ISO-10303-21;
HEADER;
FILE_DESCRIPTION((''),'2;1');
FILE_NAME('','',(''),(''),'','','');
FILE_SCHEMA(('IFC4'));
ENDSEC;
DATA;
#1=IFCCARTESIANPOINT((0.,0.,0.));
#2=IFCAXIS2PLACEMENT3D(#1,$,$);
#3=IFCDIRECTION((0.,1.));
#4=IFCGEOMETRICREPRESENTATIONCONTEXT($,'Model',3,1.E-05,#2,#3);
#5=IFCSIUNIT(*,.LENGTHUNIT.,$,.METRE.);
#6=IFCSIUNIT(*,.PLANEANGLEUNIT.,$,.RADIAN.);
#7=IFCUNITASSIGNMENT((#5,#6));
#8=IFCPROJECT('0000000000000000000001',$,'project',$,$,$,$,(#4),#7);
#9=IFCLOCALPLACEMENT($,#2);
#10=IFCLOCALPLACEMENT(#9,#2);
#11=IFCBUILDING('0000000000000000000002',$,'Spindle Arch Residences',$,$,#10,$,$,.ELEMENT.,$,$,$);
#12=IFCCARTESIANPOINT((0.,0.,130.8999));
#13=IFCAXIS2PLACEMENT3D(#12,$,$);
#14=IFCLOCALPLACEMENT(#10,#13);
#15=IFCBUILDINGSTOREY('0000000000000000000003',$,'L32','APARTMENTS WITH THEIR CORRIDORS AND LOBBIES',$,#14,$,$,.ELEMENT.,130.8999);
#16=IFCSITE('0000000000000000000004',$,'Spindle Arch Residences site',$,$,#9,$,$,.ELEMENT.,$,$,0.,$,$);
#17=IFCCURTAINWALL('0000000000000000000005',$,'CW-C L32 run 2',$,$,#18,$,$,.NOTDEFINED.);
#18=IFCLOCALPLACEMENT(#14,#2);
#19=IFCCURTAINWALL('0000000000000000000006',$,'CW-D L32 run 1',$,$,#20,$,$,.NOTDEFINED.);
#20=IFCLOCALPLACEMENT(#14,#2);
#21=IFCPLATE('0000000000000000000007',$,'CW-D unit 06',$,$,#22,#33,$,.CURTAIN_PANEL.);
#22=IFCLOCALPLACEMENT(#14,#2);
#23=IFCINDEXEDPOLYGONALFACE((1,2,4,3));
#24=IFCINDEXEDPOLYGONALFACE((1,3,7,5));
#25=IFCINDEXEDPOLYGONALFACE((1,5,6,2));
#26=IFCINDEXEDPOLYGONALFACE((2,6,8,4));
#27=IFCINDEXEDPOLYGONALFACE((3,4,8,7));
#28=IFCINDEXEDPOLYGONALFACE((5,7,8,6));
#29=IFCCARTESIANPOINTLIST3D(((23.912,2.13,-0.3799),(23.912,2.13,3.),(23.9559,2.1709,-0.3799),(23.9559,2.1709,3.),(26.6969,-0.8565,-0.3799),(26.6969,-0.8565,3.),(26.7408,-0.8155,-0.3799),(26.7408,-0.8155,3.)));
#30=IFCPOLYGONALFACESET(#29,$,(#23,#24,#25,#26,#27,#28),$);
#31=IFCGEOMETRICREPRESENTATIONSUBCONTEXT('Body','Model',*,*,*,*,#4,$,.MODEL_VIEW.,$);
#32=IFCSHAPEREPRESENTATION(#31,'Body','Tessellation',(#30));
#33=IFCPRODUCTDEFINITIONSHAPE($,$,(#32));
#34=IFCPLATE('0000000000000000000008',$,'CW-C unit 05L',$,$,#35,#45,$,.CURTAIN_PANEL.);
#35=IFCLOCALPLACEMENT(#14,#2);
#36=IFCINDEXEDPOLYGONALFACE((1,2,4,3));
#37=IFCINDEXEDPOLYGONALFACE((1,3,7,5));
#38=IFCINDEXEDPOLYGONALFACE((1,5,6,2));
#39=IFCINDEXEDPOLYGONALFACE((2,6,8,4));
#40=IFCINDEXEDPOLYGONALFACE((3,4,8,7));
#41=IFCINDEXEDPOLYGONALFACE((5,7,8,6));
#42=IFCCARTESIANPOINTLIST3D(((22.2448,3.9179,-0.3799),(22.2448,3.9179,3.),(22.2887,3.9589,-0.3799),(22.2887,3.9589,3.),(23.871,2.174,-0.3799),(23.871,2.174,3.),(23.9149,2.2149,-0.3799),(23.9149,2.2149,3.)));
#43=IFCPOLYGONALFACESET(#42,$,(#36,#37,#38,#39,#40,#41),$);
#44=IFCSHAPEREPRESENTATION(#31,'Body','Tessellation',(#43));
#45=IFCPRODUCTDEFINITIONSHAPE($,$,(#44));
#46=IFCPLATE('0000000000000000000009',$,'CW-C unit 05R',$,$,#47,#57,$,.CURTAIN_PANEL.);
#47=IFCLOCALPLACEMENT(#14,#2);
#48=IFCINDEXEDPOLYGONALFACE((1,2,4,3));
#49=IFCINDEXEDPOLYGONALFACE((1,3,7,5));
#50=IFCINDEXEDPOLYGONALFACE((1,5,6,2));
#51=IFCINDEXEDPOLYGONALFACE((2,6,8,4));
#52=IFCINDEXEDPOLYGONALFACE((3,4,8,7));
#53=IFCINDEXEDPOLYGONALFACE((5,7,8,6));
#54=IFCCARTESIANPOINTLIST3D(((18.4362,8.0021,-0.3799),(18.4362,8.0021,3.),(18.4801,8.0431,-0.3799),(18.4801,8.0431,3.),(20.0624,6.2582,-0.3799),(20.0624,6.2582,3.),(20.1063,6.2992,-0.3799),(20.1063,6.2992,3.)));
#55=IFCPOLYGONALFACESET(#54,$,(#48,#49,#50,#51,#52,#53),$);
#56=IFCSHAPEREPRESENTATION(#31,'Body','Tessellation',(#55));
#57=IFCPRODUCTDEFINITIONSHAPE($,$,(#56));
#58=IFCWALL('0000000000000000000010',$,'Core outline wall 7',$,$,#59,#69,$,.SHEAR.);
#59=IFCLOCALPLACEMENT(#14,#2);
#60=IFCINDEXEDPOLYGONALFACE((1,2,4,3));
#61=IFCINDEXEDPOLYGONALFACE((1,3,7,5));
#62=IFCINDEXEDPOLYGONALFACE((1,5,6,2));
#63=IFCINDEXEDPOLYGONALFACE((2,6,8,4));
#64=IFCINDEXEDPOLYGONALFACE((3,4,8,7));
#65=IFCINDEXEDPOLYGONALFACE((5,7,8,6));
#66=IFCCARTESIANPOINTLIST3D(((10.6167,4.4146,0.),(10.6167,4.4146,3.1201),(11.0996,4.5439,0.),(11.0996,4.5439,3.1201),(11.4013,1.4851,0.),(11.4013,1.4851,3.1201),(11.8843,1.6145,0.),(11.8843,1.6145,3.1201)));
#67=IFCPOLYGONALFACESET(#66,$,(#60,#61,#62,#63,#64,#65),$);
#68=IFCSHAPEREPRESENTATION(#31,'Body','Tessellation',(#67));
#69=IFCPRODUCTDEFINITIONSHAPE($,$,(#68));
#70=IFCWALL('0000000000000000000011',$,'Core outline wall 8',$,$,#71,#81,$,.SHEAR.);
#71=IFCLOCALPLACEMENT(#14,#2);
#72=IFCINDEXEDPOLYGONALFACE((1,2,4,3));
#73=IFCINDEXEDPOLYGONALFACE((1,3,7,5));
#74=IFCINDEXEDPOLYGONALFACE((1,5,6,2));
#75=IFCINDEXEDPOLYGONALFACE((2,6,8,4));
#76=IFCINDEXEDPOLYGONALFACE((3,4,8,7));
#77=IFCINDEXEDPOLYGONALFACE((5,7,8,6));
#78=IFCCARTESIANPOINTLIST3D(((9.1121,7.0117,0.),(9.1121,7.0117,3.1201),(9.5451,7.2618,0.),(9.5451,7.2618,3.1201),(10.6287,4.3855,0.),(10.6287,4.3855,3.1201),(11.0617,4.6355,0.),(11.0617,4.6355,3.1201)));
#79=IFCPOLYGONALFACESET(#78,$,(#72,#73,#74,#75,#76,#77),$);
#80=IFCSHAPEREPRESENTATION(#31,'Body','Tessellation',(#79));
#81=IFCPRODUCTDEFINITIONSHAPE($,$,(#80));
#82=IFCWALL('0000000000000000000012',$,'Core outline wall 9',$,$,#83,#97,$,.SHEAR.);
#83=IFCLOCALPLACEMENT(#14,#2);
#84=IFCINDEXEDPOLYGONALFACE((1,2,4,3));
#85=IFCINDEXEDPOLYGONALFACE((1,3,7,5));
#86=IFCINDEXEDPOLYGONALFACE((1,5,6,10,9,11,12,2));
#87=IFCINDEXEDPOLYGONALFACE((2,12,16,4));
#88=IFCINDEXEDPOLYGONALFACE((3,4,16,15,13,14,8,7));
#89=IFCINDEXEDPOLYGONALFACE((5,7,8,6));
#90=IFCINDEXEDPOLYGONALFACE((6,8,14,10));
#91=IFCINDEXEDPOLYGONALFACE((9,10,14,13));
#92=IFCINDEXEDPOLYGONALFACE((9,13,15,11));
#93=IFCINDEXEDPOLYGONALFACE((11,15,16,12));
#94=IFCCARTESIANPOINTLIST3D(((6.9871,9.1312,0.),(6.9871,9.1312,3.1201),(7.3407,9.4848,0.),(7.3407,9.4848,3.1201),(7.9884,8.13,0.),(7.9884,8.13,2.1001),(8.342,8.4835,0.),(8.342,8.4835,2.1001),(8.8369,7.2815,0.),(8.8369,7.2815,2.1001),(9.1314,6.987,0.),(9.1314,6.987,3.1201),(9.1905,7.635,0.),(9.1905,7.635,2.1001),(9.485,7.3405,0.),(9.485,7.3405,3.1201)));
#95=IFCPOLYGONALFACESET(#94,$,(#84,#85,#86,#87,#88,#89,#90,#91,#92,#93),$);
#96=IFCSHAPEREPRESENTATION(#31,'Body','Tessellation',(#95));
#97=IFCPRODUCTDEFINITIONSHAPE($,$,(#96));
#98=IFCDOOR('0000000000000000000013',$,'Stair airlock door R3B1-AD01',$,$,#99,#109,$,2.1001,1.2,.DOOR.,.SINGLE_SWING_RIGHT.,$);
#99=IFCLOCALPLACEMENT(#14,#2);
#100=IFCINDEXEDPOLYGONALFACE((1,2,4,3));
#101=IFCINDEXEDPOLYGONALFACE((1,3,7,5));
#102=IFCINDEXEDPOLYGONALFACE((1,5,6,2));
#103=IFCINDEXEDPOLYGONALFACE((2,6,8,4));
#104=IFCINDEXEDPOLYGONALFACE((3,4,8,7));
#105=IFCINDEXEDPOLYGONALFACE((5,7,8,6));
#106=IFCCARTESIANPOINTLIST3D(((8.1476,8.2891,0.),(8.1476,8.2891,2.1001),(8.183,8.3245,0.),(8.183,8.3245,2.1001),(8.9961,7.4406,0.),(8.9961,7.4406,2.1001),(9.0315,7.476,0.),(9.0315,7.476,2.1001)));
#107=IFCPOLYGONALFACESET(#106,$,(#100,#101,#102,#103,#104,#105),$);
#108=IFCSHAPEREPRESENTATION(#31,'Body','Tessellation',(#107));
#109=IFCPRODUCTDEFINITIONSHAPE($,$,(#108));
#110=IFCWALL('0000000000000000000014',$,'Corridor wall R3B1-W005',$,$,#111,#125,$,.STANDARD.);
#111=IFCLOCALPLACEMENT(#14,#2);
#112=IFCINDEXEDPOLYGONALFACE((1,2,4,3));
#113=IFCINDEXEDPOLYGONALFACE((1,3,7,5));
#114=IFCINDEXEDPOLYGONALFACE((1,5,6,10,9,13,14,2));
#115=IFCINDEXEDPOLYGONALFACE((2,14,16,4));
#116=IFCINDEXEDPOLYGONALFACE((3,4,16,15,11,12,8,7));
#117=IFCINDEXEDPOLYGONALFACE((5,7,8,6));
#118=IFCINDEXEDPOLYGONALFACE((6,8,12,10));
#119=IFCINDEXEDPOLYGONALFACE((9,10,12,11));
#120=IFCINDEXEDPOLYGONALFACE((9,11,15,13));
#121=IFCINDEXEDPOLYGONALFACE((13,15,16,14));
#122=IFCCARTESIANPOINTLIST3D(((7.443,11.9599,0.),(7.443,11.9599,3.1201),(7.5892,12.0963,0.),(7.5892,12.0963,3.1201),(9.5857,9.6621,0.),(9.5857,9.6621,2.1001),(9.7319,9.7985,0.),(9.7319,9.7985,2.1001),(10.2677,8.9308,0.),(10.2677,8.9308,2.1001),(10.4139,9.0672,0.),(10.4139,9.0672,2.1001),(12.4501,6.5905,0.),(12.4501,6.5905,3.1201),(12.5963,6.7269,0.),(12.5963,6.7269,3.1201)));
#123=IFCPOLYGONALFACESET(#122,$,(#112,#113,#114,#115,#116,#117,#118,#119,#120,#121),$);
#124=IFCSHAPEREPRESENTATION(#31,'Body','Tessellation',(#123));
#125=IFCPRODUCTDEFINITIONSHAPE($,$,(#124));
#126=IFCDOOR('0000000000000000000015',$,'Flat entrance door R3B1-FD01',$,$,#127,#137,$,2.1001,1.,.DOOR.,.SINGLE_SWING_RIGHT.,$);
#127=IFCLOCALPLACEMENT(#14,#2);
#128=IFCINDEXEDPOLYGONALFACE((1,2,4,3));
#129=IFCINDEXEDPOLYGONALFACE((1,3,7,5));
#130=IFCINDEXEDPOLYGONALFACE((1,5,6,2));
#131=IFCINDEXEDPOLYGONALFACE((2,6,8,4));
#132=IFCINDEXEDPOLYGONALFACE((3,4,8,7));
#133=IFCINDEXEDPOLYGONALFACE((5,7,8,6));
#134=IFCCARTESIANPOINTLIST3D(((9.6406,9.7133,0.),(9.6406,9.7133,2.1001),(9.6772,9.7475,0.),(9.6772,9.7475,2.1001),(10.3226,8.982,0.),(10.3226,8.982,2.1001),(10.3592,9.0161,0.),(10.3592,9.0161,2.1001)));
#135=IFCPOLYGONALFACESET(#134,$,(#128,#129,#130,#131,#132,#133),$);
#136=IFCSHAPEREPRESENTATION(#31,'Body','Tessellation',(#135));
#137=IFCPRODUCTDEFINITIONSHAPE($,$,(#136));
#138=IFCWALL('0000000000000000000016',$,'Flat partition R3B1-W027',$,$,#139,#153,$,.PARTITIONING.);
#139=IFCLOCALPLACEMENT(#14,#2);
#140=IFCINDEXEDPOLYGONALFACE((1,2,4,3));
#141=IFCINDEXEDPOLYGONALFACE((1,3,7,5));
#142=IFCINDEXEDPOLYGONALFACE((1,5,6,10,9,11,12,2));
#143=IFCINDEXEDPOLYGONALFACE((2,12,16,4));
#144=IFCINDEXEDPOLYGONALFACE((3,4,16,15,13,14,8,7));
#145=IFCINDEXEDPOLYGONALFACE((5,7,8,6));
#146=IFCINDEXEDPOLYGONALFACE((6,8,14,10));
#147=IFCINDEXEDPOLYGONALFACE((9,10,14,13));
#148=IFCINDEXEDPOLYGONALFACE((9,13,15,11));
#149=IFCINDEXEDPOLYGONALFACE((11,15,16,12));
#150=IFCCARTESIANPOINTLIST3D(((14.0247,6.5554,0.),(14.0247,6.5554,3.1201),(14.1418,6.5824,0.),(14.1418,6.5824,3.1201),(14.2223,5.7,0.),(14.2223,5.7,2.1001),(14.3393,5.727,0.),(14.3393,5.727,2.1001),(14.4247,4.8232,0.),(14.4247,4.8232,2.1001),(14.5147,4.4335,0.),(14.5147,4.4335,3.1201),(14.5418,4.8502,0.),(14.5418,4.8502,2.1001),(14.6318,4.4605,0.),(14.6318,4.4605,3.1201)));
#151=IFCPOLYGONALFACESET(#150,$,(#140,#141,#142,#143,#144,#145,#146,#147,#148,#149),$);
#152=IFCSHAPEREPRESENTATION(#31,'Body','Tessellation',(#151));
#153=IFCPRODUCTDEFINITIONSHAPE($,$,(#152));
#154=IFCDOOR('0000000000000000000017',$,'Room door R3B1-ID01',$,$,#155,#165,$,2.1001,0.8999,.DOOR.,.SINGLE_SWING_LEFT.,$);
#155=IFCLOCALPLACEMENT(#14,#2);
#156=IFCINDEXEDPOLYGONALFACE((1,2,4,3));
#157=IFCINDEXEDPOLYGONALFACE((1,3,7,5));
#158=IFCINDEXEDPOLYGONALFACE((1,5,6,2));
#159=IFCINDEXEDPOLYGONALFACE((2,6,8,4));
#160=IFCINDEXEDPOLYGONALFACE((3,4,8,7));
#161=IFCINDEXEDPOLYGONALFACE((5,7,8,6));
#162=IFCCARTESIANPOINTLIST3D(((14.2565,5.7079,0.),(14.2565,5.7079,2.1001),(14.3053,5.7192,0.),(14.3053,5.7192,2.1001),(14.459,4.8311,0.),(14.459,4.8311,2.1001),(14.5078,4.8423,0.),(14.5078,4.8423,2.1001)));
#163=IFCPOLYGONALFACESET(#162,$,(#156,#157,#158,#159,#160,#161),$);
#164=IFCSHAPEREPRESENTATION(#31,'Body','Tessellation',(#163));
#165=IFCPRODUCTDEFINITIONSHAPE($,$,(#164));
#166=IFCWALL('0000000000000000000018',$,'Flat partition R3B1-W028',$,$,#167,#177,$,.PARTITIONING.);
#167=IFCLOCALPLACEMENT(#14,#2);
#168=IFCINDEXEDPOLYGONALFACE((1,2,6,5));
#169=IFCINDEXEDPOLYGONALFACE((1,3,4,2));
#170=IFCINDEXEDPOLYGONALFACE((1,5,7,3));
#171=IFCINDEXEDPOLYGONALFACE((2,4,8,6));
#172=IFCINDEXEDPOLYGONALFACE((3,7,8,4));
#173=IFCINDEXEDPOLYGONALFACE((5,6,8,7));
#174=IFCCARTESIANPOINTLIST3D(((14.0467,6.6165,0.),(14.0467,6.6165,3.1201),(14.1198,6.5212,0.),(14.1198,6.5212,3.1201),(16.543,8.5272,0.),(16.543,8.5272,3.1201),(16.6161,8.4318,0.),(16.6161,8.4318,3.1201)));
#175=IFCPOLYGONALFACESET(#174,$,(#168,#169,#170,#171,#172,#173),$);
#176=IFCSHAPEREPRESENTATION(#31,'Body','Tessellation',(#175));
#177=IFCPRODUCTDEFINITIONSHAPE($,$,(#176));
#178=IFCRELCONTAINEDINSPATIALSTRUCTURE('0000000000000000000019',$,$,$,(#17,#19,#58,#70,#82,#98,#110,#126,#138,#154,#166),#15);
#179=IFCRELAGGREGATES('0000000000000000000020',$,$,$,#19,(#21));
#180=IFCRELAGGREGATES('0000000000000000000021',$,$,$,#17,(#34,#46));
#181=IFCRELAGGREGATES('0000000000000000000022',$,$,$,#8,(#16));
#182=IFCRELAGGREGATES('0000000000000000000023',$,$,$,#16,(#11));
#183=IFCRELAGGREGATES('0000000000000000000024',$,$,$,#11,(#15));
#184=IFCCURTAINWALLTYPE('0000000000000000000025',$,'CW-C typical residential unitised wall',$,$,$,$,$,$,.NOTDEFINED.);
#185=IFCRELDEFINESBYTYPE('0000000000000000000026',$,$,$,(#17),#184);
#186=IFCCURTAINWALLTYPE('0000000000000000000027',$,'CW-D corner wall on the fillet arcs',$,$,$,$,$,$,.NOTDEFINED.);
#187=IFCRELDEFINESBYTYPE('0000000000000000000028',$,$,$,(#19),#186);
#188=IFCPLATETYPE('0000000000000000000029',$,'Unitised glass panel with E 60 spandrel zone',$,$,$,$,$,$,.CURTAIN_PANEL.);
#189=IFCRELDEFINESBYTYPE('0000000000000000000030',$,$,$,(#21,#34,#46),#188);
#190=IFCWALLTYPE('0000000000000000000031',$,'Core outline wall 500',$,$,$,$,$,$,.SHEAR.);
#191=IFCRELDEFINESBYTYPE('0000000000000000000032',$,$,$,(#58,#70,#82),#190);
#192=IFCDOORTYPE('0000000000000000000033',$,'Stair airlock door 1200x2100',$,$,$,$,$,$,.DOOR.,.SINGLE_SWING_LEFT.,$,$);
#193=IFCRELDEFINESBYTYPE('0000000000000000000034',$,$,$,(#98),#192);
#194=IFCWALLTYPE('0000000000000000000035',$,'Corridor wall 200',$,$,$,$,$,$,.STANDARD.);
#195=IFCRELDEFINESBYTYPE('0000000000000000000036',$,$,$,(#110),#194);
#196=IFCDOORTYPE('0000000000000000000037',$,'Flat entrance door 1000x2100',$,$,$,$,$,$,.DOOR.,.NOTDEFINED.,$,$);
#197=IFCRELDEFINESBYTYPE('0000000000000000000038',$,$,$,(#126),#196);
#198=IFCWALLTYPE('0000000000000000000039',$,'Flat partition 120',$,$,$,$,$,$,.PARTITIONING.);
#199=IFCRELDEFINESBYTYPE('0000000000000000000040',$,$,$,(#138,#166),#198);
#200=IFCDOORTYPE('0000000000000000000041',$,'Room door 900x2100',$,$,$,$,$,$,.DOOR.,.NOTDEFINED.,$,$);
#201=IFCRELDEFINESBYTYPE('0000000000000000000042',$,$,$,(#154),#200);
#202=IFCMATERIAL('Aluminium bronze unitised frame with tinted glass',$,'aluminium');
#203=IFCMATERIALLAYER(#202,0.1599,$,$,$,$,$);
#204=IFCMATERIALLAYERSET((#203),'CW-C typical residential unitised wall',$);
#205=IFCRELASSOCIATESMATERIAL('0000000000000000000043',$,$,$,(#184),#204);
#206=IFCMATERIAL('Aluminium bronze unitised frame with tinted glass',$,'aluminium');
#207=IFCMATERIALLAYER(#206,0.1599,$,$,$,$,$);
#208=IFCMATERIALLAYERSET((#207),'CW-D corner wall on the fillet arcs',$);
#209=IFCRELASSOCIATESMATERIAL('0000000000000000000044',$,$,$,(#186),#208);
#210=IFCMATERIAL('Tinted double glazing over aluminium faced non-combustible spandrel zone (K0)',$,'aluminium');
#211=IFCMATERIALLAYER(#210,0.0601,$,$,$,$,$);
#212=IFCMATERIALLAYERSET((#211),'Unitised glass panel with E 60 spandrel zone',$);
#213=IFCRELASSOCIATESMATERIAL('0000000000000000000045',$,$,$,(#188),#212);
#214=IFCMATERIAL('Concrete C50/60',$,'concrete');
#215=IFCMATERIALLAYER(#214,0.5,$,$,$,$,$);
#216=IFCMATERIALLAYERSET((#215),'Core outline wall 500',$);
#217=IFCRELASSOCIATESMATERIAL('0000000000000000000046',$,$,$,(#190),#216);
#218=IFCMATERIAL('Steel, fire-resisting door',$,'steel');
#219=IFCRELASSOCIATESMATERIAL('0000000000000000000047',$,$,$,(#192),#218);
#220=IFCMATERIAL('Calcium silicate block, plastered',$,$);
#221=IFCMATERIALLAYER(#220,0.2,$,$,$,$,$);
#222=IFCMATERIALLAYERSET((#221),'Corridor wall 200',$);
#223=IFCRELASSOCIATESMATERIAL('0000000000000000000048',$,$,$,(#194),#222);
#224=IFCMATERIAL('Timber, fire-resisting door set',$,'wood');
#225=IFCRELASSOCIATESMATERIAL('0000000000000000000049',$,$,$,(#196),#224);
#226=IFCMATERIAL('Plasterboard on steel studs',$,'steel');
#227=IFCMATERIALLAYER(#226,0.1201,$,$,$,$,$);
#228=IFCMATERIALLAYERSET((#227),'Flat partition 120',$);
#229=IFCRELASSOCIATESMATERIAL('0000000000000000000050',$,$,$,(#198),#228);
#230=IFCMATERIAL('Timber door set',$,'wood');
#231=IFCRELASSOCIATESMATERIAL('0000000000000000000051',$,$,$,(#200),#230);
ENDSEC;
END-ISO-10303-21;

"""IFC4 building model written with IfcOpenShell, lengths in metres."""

from ifc_helpers import new_model, si_unit, direction, frame, frame_2d, origin, origin_2d, place, context, subcontext, project, spatial, rectangle, extrude, material, layer, layer_set, type_object, element, fill, aggregate, save


model = new_model("IFC4")

# Units and contexts
model_context = context("Model", 3, precision=1e-05, world=origin(), true_north=direction((0.0, 1.0)))
body_context = subcontext(model_context, "Body", "Model", "MODEL_VIEW")
ifc_project = project(units=[si_unit("LENGTHUNIT", "METRE"), si_unit("PLANEANGLEUNIT", "RADIAN")], contexts=[model_context])

# Site, building, storey
site_placement = place(None, origin())
site = spatial("IfcSite", under=ifc_project, at=site_placement, Name="Spindle Arch Residences site", CompositionType="ELEMENT", RefElevation=0.0)
building_placement = place(site_placement, origin())
building = spatial("IfcBuilding", under=site, at=building_placement, Name="Spindle Arch Residences", CompositionType="ELEMENT")
storey_placement = place(building_placement, frame((0.0, 0.0, 130.8999)))
storey = spatial("IfcBuildingStorey", under=building, at=storey_placement, Name="L32", Description="APARTMENTS WITH THEIR CORRIDORS AND LOBBIES", CompositionType="ELEMENT", Elevation=130.8999)

# Curtain wall
ifc_material_1 = material(Name="Aluminium bronze unitised frame with tinted glass", Category="aluminium")
ifc_layer_1 = layer(ifc_material_1, 0.1599)
ifc_layer_set_1 = layer_set([ifc_layer_1], Name="CW-C typical residential unitised wall")
curtain_wall_type_1 = type_object("IfcCurtainWallType", Name="CW-C typical residential unitised wall", PredefinedType="NOTDEFINED", material=ifc_layer_set_1)
curtain_wall_1_placement = place(storey_placement, origin())
curtain_wall_1 = element("IfcCurtainWall", 1, at=curtain_wall_1_placement, inside=storey, type_object=curtain_wall_type_1, Name="CW-C L32 run 2", PredefinedType="NOTDEFINED")

# Curtain wall, plate
ifc_material_2 = material(Name="Aluminium bronze unitised frame with tinted glass", Category="aluminium")
ifc_layer_2 = layer(ifc_material_2, 0.1599)
ifc_layer_set_2 = layer_set([ifc_layer_2], Name="CW-D corner wall on the fillet arcs")
curtain_wall_type_2 = type_object("IfcCurtainWallType", Name="CW-D corner wall on the fillet arcs", PredefinedType="NOTDEFINED", material=ifc_layer_set_2)
curtain_wall_2_placement = place(storey_placement, origin())
curtain_wall_2 = element("IfcCurtainWall", 2, at=curtain_wall_2_placement, inside=storey, type_object=curtain_wall_type_2, Name="CW-D L32 run 1", PredefinedType="NOTDEFINED")
ifc_material_3 = material(Name="Tinted double glazing over aluminium faced non-combustible spandrel zone (K0)", Category="aluminium")
ifc_layer_3 = layer(ifc_material_3, 0.0601)
ifc_layer_set_3 = layer_set([ifc_layer_3], Name="Unitised glass panel with E 60 spandrel zone")
plate_type = type_object("IfcPlateType", Name="Unitised glass panel with E 60 spandrel zone", PredefinedType="CURTAIN_PANEL", material=ifc_layer_set_3)
plate_1_placement = place(storey_placement, frame((25.3264, 0.6572, -0.3799), z_axis=(0.0, 0.0, 1.0), x_axis=(-0.681998, 0.731354, 0.0)))
plate_1 = element("IfcPlate", 3, at=plate_1_placement, type_object=plate_type, Name="CW-D unit 06", PredefinedType="CURTAIN_PANEL", context=body_context, shape_type="SweptSolid", body=[
    extrude(rectangle(XDim=4.0835, YDim=0.0601, at=origin_2d()), origin(), (0.0, 0.0, 1.0), 3.3799),
])
aggregate(curtain_wall_2, [plate_1])

# Plates
plate_2_placement = place(storey_placement, frame((23.0798, 3.0664, -0.3799), z_axis=(0.0, 0.0, 1.0), x_axis=(-0.681998, 0.731354, 0.0)))
plate_2 = element("IfcPlate", 4, at=plate_2_placement, type_object=plate_type, Name="CW-C unit 05L", PredefinedType="CURTAIN_PANEL", context=body_context, shape_type="SweptSolid", body=[
    extrude(rectangle(XDim=2.3845, YDim=0.0601, at=origin_2d()), origin(), (0.0, 0.0, 1.0), 3.3799),
])
plate_3_placement = place(storey_placement, frame((19.2712, 7.1506, -0.3799), z_axis=(0.0, 0.0, 1.0), x_axis=(-0.681998, 0.731354, 0.0)))
plate_3 = element("IfcPlate", 5, at=plate_3_placement, type_object=plate_type, Name="CW-C unit 05R", PredefinedType="CURTAIN_PANEL", context=body_context, shape_type="SweptSolid", body=[
    extrude(rectangle(XDim=2.3845, YDim=0.0601, at=origin_2d()), origin(), (0.0, 0.0, 1.0), 3.3799),
])
aggregate(curtain_wall_1, [plate_2, plate_3])

# Walls
ifc_material_4 = material(Name="Concrete C50/60", Category="concrete")
ifc_layer_4 = layer(ifc_material_4, 0.5)
ifc_layer_set_4 = layer_set([ifc_layer_4], Name="Core outline wall 500")
wall_type_1 = type_object("IfcWallType", Name="Core outline wall 500", PredefinedType="SHEAR", material=ifc_layer_set_4)
for number, where, z_axis, x_axis, name in (
    (6, (11.6428, 1.5498, 0.0), (0.0, 0.0, 1.0), (-0.258735, 0.965948, 0.0), "Core outline wall 7"),
    (7, (10.8452, 4.5105, 0.0), (0.0, 0.0, 1.0), (-0.500087, 0.865975, 0.0), "Core outline wall 8"),
):
    element("IfcWall", number, at=place(storey_placement, frame(where, z_axis=z_axis, x_axis=x_axis)), inside=storey, type_object=wall_type_1, Name=name, PredefinedType="SHEAR", context=body_context, shape_type="SweptSolid", body=[
        extrude(rectangle(XDim=3.0327, YDim=0.5, at=frame_2d((1.5164, 0.0))), origin(), (0.0, 0.0, 1.0), 3.1201),
    ])

# Walls, openings, doors
wall_1_placement = place(storey_placement, frame((9.3081, 7.1638, 0.0), z_axis=(0.0, 0.0, 1.0), x_axis=(-0.707107, 0.707107, 0.0)))
wall_1 = element("IfcWall", 8, at=wall_1_placement, inside=storey, type_object=wall_type_1, Name="Core outline wall 9", PredefinedType="SHEAR", context=body_context, shape_type="SweptSolid", body=[
    extrude(rectangle(XDim=3.0325, YDim=0.5, at=frame_2d((1.5161, 0.0))), origin(), (0.0, 0.0, 1.0), 3.1201),
])
opening_1_placement = place(wall_1_placement, frame((0.4163, 0.0, 0.0)))
opening_1 = element("IfcOpeningElement", 9, at=opening_1_placement, cuts=wall_1, PredefinedType="OPENING", context=body_context, shape_type="SweptSolid", body=[
    extrude(rectangle(XDim=1.2, YDim=2.1001, at=frame_2d((0.6001, 1.05))), frame((0.0, 0.26, 0.0), z_axis=(0.0, -1.0, 0.0), x_axis=(1.0, 0.0, 0.0)), (0.0, 0.0, 1.0), 0.52),
])
ifc_material_5 = material(Name="Steel, fire-resisting door", Category="steel")
door_type_1 = type_object("IfcDoorType", Name="Stair airlock door 1200x2100", OperationType="SINGLE_SWING_LEFT", PredefinedType="DOOR", material=ifc_material_5)
door_1_placement = place(opening_1_placement, origin())
door_1 = element("IfcDoor", 10, at=door_1_placement, inside=storey, type_object=door_type_1, Name="Stair airlock door R3B1-AD01", OperationType="SINGLE_SWING_RIGHT", OverallHeight=2.1001, OverallWidth=1.2, PredefinedType="DOOR", context=body_context, shape_type="SweptSolid", body=[
    extrude(rectangle(XDim=1.2, YDim=2.1001, at=frame_2d((0.6001, 1.05))), frame((0.0, 0.0249, 0.0), z_axis=(0.0, -1.0, 0.0), x_axis=(1.0, 0.0, 0.0)), (0.0, 0.0, 1.0), 0.05),
])
fill(opening_1, door_1)
ifc_material_6 = material(Name="Calcium silicate block, plastered")
ifc_layer_5 = layer(ifc_material_6, 0.2)
ifc_layer_set_5 = layer_set([ifc_layer_5], Name="Corridor wall 200")
wall_type_2 = type_object("IfcWallType", Name="Corridor wall 200", PredefinedType="STANDARD", material=ifc_layer_set_5)
wall_2_placement = place(storey_placement, frame((12.5232, 6.6587, 0.0), z_axis=(0.0, 0.0, 1.0), x_axis=(-0.682002, 0.73135, 0.0)))
wall_2 = element("IfcWall", 11, at=wall_2_placement, inside=storey, type_object=wall_type_2, Name="Corridor wall R3B1-W005", PredefinedType="STANDARD", context=body_context, shape_type="SweptSolid", body=[
    extrude(rectangle(XDim=7.3418, YDim=0.2, at=frame_2d((3.6709, 0.0))), origin(), (0.0, 0.0, 1.0), 3.1201),
])
opening_2_placement = place(wall_2_placement, frame((3.2, 0.0, 0.0)))
opening_2 = element("IfcOpeningElement", 12, at=opening_2_placement, cuts=wall_2, PredefinedType="OPENING", context=body_context, shape_type="SweptSolid", body=[
    extrude(rectangle(XDim=1.0, YDim=2.1001, at=frame_2d((0.5, 1.05))), frame((0.0, 0.1099, 0.0), z_axis=(0.0, -1.0, 0.0), x_axis=(1.0, 0.0, 0.0)), (0.0, 0.0, 1.0), 0.22),
])
ifc_material_7 = material(Name="Timber, fire-resisting door set", Category="wood")
door_type_2 = type_object("IfcDoorType", Name="Flat entrance door 1000x2100", OperationType="NOTDEFINED", PredefinedType="DOOR", material=ifc_material_7)
door_2_placement = place(opening_2_placement, origin())
door_2 = element("IfcDoor", 13, at=door_2_placement, inside=storey, type_object=door_type_2, Name="Flat entrance door R3B1-FD01", OperationType="SINGLE_SWING_RIGHT", OverallHeight=2.1001, OverallWidth=1.0, PredefinedType="DOOR", context=body_context, shape_type="SweptSolid", body=[
    extrude(rectangle(XDim=1.0, YDim=2.1001, at=frame_2d((0.5, 1.05))), frame((0.0, 0.0249, 0.0), z_axis=(0.0, -1.0, 0.0), x_axis=(1.0, 0.0, 0.0)), (0.0, 0.0, 1.0), 0.05),
])
fill(opening_2, door_2)
ifc_material_8 = material(Name="Plasterboard on steel studs", Category="steel")
ifc_layer_6 = layer(ifc_material_8, 0.1201)
ifc_layer_set_6 = layer_set([ifc_layer_6], Name="Flat partition 120")
wall_type_3 = type_object("IfcWallType", Name="Flat partition 120", PredefinedType="PARTITIONING", material=ifc_layer_set_6)
wall_3_placement = place(storey_placement, frame((14.5732, 4.447, 0.0), z_axis=(0.0, 0.0, 1.0), x_axis=(-0.225007, 0.974357, 0.0)))
wall_3 = element("IfcWall", 14, at=wall_3_placement, inside=storey, type_object=wall_type_3, Name="Flat partition R3B1-W027", PredefinedType="PARTITIONING", context=body_context, shape_type="SweptSolid", body=[
    extrude(rectangle(XDim=2.1777, YDim=0.1201, at=frame_2d((1.0889, 0.0))), origin(), (0.0, 0.0, 1.0), 3.1201),
])
opening_3_placement = place(wall_3_placement, frame((0.3999, 0.0, 0.0)))
opening_3 = element("IfcOpeningElement", 15, at=opening_3_placement, cuts=wall_3, PredefinedType="OPENING", context=body_context, shape_type="SweptSolid", body=[
    extrude(rectangle(XDim=0.8999, YDim=2.1001, at=frame_2d((0.45, 1.05))), frame((0.0, 0.0701, 0.0), z_axis=(0.0, -1.0, 0.0), x_axis=(1.0, 0.0, 0.0)), (0.0, 0.0, 1.0), 0.1401),
])
ifc_material_9 = material(Name="Timber door set", Category="wood")
door_type_3 = type_object("IfcDoorType", Name="Room door 900x2100", OperationType="NOTDEFINED", PredefinedType="DOOR", material=ifc_material_9)
door_3_placement = place(opening_3_placement, origin())
door_3 = element("IfcDoor", 16, at=door_3_placement, inside=storey, type_object=door_type_3, Name="Room door R3B1-ID01", OperationType="SINGLE_SWING_LEFT", OverallHeight=2.1001, OverallWidth=0.8999, PredefinedType="DOOR", context=body_context, shape_type="SweptSolid", body=[
    extrude(rectangle(XDim=0.8999, YDim=2.1001, at=frame_2d((0.45, 1.05))), frame((0.0, 0.0249, 0.0), z_axis=(0.0, -1.0, 0.0), x_axis=(1.0, 0.0, 0.0)), (0.0, 0.0, 1.0), 0.05),
])
fill(opening_3, door_3)

# Wall
wall_4_placement = place(storey_placement, frame((14.0833, 6.5688, 0.0), z_axis=(0.0, 0.0, 1.0), x_axis=(0.7941, 0.607787, 0.0)))
element("IfcWall", 17, at=wall_4_placement, inside=storey, type_object=wall_type_3, Name="Flat partition R3B1-W028", PredefinedType="PARTITIONING", context=body_context, shape_type="SweptSolid", body=[
    extrude(rectangle(XDim=3.1436, YDim=0.1201, at=frame_2d((1.5718, 0.0))), origin(), (0.0, 0.0, 1.0), 3.1201),
])

save(model, "model.ifc")
